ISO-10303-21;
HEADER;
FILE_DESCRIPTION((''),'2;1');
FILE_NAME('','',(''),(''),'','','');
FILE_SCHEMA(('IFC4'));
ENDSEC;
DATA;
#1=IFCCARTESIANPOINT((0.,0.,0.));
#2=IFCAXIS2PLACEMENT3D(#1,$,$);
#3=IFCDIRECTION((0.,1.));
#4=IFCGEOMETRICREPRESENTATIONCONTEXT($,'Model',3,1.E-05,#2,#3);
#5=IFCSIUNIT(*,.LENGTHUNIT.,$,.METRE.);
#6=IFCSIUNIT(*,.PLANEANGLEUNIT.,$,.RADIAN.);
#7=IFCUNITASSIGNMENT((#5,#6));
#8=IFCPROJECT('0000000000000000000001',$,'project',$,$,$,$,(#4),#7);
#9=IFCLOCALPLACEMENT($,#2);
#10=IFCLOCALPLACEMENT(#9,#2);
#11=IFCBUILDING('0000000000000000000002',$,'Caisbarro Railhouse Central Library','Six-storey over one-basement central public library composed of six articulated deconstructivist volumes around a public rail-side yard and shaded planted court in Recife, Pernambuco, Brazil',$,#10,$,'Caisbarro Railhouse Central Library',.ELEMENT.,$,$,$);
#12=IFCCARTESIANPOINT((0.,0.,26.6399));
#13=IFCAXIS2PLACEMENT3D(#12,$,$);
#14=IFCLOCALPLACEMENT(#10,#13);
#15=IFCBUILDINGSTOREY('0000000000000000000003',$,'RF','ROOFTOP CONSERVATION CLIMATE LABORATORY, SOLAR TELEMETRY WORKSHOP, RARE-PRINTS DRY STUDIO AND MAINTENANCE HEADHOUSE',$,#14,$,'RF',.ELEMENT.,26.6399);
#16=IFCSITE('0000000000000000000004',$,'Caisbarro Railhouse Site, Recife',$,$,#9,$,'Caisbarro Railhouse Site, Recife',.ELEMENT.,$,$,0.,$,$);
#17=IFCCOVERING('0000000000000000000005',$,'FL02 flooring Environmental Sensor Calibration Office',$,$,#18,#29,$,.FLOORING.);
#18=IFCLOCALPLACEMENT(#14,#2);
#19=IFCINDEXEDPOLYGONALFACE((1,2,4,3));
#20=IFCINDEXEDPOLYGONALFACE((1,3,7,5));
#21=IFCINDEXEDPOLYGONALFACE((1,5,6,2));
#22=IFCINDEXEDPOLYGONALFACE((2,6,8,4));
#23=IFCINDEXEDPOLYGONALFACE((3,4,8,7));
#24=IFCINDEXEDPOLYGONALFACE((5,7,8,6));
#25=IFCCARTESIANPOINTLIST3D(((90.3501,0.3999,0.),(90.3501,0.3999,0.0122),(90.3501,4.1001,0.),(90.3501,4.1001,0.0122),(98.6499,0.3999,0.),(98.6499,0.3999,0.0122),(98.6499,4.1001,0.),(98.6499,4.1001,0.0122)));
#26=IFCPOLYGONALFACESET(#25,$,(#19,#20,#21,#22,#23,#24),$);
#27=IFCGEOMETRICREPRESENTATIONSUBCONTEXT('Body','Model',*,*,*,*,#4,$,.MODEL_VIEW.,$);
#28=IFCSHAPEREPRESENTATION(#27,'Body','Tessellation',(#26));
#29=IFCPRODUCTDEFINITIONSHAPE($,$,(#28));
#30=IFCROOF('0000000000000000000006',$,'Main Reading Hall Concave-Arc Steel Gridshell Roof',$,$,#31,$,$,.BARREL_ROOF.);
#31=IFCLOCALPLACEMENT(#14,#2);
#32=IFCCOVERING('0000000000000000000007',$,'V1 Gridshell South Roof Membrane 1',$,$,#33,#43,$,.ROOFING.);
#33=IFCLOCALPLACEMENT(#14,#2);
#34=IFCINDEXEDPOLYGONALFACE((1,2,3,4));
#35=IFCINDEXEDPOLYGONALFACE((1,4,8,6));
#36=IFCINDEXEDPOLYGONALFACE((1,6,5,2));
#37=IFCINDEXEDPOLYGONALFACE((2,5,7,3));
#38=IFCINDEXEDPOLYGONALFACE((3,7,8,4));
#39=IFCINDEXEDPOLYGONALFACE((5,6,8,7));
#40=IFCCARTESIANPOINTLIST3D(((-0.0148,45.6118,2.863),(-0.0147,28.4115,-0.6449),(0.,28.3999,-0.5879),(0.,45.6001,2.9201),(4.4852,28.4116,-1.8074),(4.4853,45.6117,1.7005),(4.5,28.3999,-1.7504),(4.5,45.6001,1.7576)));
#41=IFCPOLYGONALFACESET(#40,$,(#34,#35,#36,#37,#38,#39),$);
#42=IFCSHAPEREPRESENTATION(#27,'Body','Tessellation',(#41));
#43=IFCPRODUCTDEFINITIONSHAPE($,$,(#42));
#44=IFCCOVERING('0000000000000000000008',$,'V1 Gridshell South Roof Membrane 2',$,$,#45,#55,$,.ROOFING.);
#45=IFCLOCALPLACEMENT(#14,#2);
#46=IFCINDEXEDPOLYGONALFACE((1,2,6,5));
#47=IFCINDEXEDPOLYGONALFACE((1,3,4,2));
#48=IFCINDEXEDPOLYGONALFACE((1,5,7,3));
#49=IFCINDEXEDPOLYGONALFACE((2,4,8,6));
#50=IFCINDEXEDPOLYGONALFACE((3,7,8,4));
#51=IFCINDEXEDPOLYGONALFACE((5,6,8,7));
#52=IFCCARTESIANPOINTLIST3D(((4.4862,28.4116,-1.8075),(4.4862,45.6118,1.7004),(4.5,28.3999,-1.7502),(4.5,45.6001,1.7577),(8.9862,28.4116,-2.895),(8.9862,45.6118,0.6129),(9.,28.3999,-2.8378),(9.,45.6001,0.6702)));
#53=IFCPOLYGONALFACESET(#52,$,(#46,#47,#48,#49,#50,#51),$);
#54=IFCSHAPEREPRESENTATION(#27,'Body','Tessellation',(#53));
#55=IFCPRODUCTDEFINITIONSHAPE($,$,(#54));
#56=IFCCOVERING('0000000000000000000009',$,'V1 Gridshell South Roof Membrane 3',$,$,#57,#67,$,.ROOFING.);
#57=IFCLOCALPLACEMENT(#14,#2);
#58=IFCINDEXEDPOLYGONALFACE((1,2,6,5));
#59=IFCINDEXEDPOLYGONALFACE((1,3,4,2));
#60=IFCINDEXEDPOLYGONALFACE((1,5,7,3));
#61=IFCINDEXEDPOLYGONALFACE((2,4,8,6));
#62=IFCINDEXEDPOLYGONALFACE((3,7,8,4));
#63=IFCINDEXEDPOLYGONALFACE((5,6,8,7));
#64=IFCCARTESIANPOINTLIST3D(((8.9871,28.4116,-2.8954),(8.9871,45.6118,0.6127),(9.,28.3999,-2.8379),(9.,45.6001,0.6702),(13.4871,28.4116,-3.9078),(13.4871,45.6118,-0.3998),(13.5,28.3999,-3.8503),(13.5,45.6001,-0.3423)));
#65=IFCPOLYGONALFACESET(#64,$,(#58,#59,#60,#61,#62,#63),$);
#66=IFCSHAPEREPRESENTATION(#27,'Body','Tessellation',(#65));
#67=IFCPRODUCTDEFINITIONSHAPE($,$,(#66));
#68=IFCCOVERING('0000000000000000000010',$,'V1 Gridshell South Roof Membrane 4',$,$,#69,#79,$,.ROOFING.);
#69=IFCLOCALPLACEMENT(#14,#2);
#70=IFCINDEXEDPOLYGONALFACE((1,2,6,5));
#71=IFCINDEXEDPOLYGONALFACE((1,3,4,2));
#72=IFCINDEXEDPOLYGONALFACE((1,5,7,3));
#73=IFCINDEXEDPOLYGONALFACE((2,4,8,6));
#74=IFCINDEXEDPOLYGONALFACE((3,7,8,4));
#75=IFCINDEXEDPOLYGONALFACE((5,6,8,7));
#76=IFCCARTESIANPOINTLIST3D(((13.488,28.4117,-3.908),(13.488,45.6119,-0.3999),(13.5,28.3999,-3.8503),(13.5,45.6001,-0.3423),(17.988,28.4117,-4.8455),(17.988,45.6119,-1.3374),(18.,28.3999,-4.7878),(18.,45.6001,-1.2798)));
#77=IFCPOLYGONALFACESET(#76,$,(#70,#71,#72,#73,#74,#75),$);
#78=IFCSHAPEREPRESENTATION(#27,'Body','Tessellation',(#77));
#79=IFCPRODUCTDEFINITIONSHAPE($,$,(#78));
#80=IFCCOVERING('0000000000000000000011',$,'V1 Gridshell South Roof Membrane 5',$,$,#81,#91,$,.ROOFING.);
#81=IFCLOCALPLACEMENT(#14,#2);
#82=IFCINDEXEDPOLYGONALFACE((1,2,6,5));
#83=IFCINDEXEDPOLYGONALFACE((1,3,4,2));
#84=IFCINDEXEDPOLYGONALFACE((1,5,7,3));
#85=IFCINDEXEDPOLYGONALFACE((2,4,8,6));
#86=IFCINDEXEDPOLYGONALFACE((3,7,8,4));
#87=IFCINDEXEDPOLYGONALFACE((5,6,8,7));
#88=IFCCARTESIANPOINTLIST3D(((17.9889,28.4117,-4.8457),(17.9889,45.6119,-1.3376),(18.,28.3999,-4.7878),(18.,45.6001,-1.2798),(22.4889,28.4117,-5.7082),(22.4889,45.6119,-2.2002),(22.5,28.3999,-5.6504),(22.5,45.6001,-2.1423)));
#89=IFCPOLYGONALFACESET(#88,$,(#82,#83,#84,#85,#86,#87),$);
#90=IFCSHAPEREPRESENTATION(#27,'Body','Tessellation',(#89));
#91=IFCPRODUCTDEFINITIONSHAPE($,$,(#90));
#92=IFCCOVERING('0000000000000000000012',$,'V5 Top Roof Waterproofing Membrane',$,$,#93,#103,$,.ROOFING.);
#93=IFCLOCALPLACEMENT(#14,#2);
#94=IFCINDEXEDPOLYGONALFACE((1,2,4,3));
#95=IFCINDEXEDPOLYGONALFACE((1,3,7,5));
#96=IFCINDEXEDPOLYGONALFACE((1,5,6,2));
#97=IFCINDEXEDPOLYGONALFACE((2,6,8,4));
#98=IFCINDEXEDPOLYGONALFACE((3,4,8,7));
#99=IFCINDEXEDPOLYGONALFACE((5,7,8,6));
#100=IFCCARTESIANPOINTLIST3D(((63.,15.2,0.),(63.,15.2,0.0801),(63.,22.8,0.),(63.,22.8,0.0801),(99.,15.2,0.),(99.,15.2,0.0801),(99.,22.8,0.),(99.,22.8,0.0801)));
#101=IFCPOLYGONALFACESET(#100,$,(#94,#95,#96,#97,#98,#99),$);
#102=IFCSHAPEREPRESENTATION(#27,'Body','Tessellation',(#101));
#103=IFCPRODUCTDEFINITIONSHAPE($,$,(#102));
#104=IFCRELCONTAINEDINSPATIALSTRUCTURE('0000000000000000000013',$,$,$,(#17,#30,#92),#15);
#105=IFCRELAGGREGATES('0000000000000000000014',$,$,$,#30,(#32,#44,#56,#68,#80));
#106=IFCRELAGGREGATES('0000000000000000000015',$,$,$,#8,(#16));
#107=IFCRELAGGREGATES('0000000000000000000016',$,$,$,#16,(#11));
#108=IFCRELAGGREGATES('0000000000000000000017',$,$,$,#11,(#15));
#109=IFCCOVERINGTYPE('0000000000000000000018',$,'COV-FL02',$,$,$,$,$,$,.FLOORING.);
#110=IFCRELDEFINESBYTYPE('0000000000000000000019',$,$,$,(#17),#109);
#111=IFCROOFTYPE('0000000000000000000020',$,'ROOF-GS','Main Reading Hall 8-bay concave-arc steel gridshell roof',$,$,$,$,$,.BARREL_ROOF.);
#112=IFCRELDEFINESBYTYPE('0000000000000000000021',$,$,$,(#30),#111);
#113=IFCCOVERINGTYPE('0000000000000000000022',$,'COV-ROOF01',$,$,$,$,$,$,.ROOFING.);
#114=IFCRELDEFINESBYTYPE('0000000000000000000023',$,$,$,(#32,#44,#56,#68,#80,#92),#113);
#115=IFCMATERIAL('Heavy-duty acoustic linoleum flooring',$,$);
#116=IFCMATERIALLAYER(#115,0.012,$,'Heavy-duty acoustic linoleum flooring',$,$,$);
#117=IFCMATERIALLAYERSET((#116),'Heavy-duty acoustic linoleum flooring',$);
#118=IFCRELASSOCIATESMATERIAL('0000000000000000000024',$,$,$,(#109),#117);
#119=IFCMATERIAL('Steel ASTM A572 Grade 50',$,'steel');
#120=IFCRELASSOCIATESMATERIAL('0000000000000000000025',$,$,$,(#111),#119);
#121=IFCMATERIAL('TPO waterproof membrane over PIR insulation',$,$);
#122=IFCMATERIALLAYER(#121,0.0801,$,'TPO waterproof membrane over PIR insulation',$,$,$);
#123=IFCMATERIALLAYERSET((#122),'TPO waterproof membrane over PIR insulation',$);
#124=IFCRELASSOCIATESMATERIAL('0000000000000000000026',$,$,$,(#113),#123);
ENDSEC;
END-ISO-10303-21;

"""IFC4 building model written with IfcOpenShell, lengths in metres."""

from ifc_helpers import new_model, si_unit, direction, frame, origin, place, context, subcontext, project, spatial, polyline, outline, extrude, material, layer, layer_set, type_object, element, aggregate, save


model = new_model("IFC4")

# Units and contexts
model_context = context("Model", 3, precision=1e-05, world=origin(), true_north=direction((0.0, 1.0)))
body_context = subcontext(model_context, "Body", "Model", "MODEL_VIEW")
ifc_project = project(units=[si_unit("LENGTHUNIT", "METRE"), si_unit("PLANEANGLEUNIT", "RADIAN")], contexts=[model_context])

# Site, building, storey
site_placement = place(None, origin())
site = spatial("IfcSite", under=ifc_project, at=site_placement, Name="Caisbarro Railhouse Site, Recife", LongName="Caisbarro Railhouse Site, Recife", CompositionType="ELEMENT", RefElevation=0.0)
building_placement = place(site_placement, origin())
building = spatial("IfcBuilding", under=site, at=building_placement, Name="Caisbarro Railhouse Central Library", Description="Six-storey over one-basement central public library composed of six articulated deconstructivist volumes around a public rail-side yard and shaded planted court in Recife, Pernambuco, Brazil", LongName="Caisbarro Railhouse Central Library", CompositionType="ELEMENT")
storey_placement = place(building_placement, frame((0.0, 0.0, 26.6399)))
storey = spatial("IfcBuildingStorey", under=building, at=storey_placement, Name="RF", Description="ROOFTOP CONSERVATION CLIMATE LABORATORY, SOLAR TELEMETRY WORKSHOP, RARE-PRINTS DRY STUDIO AND MAINTENANCE HEADHOUSE", LongName="RF", CompositionType="ELEMENT", Elevation=26.6399)

# Covering
ifc_material_1 = material(Name="Heavy-duty acoustic linoleum flooring")
ifc_layer_1 = layer(ifc_material_1, 0.012, Name="Heavy-duty acoustic linoleum flooring")
ifc_layer_set_1 = layer_set([ifc_layer_1], Name="Heavy-duty acoustic linoleum flooring")
covering_type_1 = type_object("IfcCoveringType", Name="COV-FL02", PredefinedType="FLOORING", material=ifc_layer_set_1)
covering_1_placement = place(storey_placement, origin())
element("IfcCovering", 1, at=covering_1_placement, inside=storey, type_object=covering_type_1, Name="FL02 flooring Environmental Sensor Calibration Office", PredefinedType="FLOORING", context=body_context, shape_type="SweptSolid", body=[
    extrude(outline(polyline([(90.3501, 0.3999), (98.6499, 0.3999), (98.6499, 4.1001), (90.3501, 4.1001), (90.3501, 0.3999)])), origin(), (0.0, 0.0, 1.0), 0.0122),
])

# Roof, coverings
ifc_material_2 = material(Name="Steel ASTM A572 Grade 50", Category="steel")
roof_type = type_object("IfcRoofType", Name="ROOF-GS", Description="Main Reading Hall 8-bay concave-arc steel gridshell roof", PredefinedType="BARREL_ROOF", material=ifc_material_2)
roof_placement = place(storey_placement, origin())
roof = element("IfcRoof", 2, at=roof_placement, inside=storey, type_object=roof_type, Name="Main Reading Hall Concave-Arc Steel Gridshell Roof", PredefinedType="BARREL_ROOF")
ifc_material_3 = material(Name="TPO waterproof membrane over PIR insulation")
ifc_layer_2 = layer(ifc_material_3, 0.0801, Name="TPO waterproof membrane over PIR insulation")
ifc_layer_set_2 = layer_set([ifc_layer_2], Name="TPO waterproof membrane over PIR insulation")
covering_type_2 = type_object("IfcCoveringType", Name="COV-ROOF01", PredefinedType="ROOFING", material=ifc_layer_set_2)
covering_2_placement = place(storey_placement, frame((0.0, 28.3999, -0.5879), z_axis=(0.245379, -0.193724, 0.949874), x_axis=(0.968216, 0.000005, -0.250116)))
covering_2 = element("IfcCovering", 3, at=covering_2_placement, type_object=covering_type_2, Name="V1 Gridshell South Roof Membrane 1", PredefinedType="ROOFING", context=body_context, shape_type="SweptSolid", body=[
    extrude(outline(polyline([(0.0, 0.0), (4.6477, 0.0), (3.7704, 17.5323), (-0.8773, 17.5324), (0.0, 0.0)])), origin(), (0.0, 0.0, -1.0), 0.0601),
])
covering_3_placement = place(storey_placement, frame((4.5, 28.3999, -1.7502), z_axis=(0.230425, -0.194456, 0.953463), x_axis=(0.972017, -0.000005, -0.23491)))
covering_3 = element("IfcCovering", 4, at=covering_3_placement, type_object=covering_type_2, Name="V1 Gridshell South Roof Membrane 2", PredefinedType="ROOFING", context=body_context, shape_type="SweptSolid", body=[
    extrude(outline(polyline([(0.0, 0.0), (4.6296, 0.0), (3.8054, 17.5349), (-0.8241, 17.5349), (0.0, 0.0)])), origin(), (0.0, 0.0, -1.0), 0.0601),
])
covering_4_placement = place(storey_placement, frame((9.0, 28.3999, -2.8379), z_axis=(0.215282, -0.195155, 0.956853), x_axis=(0.975612, 0.0, -0.219502)))
covering_4 = element("IfcCovering", 5, at=covering_4_placement, type_object=covering_type_2, Name="V1 Gridshell South Roof Membrane 3", PredefinedType="ROOFING", context=body_context, shape_type="SweptSolid", body=[
    extrude(outline(polyline([(0.0, 0.0), (4.6125, 0.0), (3.8425, 17.5374), (-0.77, 17.5374), (0.0, 0.0)])), origin(), (0.0, 0.0, -1.0), 0.0601),
])
covering_5_placement = place(storey_placement, frame((13.5, 28.3999, -3.8503), z_axis=(0.200006, -0.195803, 0.960031), x_axis=(0.97898, 0.0, -0.203954)))
covering_5 = element("IfcCovering", 6, at=covering_5_placement, type_object=covering_type_2, Name="V1 Gridshell South Roof Membrane 4", PredefinedType="ROOFING", context=body_context, shape_type="SweptSolid", body=[
    extrude(outline(polyline([(0.0, 0.0), (4.5966, 0.0), (3.8811, 17.5397), (-0.7155, 17.5397), (0.0, 0.0)])), origin(), (0.0, 0.0, -1.0), 0.0601),
])
covering_6_placement = place(storey_placement, frame((18.0, 28.3999, -4.7878), z_axis=(0.184584, -0.196406, 0.962992), x_axis=(0.982121, 0.0, -0.188251)))
covering_6 = element("IfcCovering", 7, at=covering_6_placement, type_object=covering_type_2, Name="V1 Gridshell South Roof Membrane 5", PredefinedType="ROOFING", context=body_context, shape_type="SweptSolid", body=[
    extrude(outline(polyline([(0.0, 0.0), (4.5819, 0.0), (3.9215, 17.5419), (-0.6604, 17.5419), (0.0, 0.0)])), origin(), (0.0, 0.0, -1.0), 0.0601),
])
aggregate(roof, [covering_2, covering_3, covering_4, covering_5, covering_6])

# Covering
covering_7_placement = place(storey_placement, origin())
element("IfcCovering", 8, at=covering_7_placement, inside=storey, type_object=covering_type_2, Name="V5 Top Roof Waterproofing Membrane", PredefinedType="ROOFING", context=body_context, shape_type="SweptSolid", body=[
    extrude(outline(polyline([(63.0, 15.2), (99.0, 15.2), (99.0, 22.8), (63.0, 22.8), (63.0, 15.2)])), origin(), (0.0, 0.0, 1.0), 0.0801),
])

save(model, "model.ifc")
